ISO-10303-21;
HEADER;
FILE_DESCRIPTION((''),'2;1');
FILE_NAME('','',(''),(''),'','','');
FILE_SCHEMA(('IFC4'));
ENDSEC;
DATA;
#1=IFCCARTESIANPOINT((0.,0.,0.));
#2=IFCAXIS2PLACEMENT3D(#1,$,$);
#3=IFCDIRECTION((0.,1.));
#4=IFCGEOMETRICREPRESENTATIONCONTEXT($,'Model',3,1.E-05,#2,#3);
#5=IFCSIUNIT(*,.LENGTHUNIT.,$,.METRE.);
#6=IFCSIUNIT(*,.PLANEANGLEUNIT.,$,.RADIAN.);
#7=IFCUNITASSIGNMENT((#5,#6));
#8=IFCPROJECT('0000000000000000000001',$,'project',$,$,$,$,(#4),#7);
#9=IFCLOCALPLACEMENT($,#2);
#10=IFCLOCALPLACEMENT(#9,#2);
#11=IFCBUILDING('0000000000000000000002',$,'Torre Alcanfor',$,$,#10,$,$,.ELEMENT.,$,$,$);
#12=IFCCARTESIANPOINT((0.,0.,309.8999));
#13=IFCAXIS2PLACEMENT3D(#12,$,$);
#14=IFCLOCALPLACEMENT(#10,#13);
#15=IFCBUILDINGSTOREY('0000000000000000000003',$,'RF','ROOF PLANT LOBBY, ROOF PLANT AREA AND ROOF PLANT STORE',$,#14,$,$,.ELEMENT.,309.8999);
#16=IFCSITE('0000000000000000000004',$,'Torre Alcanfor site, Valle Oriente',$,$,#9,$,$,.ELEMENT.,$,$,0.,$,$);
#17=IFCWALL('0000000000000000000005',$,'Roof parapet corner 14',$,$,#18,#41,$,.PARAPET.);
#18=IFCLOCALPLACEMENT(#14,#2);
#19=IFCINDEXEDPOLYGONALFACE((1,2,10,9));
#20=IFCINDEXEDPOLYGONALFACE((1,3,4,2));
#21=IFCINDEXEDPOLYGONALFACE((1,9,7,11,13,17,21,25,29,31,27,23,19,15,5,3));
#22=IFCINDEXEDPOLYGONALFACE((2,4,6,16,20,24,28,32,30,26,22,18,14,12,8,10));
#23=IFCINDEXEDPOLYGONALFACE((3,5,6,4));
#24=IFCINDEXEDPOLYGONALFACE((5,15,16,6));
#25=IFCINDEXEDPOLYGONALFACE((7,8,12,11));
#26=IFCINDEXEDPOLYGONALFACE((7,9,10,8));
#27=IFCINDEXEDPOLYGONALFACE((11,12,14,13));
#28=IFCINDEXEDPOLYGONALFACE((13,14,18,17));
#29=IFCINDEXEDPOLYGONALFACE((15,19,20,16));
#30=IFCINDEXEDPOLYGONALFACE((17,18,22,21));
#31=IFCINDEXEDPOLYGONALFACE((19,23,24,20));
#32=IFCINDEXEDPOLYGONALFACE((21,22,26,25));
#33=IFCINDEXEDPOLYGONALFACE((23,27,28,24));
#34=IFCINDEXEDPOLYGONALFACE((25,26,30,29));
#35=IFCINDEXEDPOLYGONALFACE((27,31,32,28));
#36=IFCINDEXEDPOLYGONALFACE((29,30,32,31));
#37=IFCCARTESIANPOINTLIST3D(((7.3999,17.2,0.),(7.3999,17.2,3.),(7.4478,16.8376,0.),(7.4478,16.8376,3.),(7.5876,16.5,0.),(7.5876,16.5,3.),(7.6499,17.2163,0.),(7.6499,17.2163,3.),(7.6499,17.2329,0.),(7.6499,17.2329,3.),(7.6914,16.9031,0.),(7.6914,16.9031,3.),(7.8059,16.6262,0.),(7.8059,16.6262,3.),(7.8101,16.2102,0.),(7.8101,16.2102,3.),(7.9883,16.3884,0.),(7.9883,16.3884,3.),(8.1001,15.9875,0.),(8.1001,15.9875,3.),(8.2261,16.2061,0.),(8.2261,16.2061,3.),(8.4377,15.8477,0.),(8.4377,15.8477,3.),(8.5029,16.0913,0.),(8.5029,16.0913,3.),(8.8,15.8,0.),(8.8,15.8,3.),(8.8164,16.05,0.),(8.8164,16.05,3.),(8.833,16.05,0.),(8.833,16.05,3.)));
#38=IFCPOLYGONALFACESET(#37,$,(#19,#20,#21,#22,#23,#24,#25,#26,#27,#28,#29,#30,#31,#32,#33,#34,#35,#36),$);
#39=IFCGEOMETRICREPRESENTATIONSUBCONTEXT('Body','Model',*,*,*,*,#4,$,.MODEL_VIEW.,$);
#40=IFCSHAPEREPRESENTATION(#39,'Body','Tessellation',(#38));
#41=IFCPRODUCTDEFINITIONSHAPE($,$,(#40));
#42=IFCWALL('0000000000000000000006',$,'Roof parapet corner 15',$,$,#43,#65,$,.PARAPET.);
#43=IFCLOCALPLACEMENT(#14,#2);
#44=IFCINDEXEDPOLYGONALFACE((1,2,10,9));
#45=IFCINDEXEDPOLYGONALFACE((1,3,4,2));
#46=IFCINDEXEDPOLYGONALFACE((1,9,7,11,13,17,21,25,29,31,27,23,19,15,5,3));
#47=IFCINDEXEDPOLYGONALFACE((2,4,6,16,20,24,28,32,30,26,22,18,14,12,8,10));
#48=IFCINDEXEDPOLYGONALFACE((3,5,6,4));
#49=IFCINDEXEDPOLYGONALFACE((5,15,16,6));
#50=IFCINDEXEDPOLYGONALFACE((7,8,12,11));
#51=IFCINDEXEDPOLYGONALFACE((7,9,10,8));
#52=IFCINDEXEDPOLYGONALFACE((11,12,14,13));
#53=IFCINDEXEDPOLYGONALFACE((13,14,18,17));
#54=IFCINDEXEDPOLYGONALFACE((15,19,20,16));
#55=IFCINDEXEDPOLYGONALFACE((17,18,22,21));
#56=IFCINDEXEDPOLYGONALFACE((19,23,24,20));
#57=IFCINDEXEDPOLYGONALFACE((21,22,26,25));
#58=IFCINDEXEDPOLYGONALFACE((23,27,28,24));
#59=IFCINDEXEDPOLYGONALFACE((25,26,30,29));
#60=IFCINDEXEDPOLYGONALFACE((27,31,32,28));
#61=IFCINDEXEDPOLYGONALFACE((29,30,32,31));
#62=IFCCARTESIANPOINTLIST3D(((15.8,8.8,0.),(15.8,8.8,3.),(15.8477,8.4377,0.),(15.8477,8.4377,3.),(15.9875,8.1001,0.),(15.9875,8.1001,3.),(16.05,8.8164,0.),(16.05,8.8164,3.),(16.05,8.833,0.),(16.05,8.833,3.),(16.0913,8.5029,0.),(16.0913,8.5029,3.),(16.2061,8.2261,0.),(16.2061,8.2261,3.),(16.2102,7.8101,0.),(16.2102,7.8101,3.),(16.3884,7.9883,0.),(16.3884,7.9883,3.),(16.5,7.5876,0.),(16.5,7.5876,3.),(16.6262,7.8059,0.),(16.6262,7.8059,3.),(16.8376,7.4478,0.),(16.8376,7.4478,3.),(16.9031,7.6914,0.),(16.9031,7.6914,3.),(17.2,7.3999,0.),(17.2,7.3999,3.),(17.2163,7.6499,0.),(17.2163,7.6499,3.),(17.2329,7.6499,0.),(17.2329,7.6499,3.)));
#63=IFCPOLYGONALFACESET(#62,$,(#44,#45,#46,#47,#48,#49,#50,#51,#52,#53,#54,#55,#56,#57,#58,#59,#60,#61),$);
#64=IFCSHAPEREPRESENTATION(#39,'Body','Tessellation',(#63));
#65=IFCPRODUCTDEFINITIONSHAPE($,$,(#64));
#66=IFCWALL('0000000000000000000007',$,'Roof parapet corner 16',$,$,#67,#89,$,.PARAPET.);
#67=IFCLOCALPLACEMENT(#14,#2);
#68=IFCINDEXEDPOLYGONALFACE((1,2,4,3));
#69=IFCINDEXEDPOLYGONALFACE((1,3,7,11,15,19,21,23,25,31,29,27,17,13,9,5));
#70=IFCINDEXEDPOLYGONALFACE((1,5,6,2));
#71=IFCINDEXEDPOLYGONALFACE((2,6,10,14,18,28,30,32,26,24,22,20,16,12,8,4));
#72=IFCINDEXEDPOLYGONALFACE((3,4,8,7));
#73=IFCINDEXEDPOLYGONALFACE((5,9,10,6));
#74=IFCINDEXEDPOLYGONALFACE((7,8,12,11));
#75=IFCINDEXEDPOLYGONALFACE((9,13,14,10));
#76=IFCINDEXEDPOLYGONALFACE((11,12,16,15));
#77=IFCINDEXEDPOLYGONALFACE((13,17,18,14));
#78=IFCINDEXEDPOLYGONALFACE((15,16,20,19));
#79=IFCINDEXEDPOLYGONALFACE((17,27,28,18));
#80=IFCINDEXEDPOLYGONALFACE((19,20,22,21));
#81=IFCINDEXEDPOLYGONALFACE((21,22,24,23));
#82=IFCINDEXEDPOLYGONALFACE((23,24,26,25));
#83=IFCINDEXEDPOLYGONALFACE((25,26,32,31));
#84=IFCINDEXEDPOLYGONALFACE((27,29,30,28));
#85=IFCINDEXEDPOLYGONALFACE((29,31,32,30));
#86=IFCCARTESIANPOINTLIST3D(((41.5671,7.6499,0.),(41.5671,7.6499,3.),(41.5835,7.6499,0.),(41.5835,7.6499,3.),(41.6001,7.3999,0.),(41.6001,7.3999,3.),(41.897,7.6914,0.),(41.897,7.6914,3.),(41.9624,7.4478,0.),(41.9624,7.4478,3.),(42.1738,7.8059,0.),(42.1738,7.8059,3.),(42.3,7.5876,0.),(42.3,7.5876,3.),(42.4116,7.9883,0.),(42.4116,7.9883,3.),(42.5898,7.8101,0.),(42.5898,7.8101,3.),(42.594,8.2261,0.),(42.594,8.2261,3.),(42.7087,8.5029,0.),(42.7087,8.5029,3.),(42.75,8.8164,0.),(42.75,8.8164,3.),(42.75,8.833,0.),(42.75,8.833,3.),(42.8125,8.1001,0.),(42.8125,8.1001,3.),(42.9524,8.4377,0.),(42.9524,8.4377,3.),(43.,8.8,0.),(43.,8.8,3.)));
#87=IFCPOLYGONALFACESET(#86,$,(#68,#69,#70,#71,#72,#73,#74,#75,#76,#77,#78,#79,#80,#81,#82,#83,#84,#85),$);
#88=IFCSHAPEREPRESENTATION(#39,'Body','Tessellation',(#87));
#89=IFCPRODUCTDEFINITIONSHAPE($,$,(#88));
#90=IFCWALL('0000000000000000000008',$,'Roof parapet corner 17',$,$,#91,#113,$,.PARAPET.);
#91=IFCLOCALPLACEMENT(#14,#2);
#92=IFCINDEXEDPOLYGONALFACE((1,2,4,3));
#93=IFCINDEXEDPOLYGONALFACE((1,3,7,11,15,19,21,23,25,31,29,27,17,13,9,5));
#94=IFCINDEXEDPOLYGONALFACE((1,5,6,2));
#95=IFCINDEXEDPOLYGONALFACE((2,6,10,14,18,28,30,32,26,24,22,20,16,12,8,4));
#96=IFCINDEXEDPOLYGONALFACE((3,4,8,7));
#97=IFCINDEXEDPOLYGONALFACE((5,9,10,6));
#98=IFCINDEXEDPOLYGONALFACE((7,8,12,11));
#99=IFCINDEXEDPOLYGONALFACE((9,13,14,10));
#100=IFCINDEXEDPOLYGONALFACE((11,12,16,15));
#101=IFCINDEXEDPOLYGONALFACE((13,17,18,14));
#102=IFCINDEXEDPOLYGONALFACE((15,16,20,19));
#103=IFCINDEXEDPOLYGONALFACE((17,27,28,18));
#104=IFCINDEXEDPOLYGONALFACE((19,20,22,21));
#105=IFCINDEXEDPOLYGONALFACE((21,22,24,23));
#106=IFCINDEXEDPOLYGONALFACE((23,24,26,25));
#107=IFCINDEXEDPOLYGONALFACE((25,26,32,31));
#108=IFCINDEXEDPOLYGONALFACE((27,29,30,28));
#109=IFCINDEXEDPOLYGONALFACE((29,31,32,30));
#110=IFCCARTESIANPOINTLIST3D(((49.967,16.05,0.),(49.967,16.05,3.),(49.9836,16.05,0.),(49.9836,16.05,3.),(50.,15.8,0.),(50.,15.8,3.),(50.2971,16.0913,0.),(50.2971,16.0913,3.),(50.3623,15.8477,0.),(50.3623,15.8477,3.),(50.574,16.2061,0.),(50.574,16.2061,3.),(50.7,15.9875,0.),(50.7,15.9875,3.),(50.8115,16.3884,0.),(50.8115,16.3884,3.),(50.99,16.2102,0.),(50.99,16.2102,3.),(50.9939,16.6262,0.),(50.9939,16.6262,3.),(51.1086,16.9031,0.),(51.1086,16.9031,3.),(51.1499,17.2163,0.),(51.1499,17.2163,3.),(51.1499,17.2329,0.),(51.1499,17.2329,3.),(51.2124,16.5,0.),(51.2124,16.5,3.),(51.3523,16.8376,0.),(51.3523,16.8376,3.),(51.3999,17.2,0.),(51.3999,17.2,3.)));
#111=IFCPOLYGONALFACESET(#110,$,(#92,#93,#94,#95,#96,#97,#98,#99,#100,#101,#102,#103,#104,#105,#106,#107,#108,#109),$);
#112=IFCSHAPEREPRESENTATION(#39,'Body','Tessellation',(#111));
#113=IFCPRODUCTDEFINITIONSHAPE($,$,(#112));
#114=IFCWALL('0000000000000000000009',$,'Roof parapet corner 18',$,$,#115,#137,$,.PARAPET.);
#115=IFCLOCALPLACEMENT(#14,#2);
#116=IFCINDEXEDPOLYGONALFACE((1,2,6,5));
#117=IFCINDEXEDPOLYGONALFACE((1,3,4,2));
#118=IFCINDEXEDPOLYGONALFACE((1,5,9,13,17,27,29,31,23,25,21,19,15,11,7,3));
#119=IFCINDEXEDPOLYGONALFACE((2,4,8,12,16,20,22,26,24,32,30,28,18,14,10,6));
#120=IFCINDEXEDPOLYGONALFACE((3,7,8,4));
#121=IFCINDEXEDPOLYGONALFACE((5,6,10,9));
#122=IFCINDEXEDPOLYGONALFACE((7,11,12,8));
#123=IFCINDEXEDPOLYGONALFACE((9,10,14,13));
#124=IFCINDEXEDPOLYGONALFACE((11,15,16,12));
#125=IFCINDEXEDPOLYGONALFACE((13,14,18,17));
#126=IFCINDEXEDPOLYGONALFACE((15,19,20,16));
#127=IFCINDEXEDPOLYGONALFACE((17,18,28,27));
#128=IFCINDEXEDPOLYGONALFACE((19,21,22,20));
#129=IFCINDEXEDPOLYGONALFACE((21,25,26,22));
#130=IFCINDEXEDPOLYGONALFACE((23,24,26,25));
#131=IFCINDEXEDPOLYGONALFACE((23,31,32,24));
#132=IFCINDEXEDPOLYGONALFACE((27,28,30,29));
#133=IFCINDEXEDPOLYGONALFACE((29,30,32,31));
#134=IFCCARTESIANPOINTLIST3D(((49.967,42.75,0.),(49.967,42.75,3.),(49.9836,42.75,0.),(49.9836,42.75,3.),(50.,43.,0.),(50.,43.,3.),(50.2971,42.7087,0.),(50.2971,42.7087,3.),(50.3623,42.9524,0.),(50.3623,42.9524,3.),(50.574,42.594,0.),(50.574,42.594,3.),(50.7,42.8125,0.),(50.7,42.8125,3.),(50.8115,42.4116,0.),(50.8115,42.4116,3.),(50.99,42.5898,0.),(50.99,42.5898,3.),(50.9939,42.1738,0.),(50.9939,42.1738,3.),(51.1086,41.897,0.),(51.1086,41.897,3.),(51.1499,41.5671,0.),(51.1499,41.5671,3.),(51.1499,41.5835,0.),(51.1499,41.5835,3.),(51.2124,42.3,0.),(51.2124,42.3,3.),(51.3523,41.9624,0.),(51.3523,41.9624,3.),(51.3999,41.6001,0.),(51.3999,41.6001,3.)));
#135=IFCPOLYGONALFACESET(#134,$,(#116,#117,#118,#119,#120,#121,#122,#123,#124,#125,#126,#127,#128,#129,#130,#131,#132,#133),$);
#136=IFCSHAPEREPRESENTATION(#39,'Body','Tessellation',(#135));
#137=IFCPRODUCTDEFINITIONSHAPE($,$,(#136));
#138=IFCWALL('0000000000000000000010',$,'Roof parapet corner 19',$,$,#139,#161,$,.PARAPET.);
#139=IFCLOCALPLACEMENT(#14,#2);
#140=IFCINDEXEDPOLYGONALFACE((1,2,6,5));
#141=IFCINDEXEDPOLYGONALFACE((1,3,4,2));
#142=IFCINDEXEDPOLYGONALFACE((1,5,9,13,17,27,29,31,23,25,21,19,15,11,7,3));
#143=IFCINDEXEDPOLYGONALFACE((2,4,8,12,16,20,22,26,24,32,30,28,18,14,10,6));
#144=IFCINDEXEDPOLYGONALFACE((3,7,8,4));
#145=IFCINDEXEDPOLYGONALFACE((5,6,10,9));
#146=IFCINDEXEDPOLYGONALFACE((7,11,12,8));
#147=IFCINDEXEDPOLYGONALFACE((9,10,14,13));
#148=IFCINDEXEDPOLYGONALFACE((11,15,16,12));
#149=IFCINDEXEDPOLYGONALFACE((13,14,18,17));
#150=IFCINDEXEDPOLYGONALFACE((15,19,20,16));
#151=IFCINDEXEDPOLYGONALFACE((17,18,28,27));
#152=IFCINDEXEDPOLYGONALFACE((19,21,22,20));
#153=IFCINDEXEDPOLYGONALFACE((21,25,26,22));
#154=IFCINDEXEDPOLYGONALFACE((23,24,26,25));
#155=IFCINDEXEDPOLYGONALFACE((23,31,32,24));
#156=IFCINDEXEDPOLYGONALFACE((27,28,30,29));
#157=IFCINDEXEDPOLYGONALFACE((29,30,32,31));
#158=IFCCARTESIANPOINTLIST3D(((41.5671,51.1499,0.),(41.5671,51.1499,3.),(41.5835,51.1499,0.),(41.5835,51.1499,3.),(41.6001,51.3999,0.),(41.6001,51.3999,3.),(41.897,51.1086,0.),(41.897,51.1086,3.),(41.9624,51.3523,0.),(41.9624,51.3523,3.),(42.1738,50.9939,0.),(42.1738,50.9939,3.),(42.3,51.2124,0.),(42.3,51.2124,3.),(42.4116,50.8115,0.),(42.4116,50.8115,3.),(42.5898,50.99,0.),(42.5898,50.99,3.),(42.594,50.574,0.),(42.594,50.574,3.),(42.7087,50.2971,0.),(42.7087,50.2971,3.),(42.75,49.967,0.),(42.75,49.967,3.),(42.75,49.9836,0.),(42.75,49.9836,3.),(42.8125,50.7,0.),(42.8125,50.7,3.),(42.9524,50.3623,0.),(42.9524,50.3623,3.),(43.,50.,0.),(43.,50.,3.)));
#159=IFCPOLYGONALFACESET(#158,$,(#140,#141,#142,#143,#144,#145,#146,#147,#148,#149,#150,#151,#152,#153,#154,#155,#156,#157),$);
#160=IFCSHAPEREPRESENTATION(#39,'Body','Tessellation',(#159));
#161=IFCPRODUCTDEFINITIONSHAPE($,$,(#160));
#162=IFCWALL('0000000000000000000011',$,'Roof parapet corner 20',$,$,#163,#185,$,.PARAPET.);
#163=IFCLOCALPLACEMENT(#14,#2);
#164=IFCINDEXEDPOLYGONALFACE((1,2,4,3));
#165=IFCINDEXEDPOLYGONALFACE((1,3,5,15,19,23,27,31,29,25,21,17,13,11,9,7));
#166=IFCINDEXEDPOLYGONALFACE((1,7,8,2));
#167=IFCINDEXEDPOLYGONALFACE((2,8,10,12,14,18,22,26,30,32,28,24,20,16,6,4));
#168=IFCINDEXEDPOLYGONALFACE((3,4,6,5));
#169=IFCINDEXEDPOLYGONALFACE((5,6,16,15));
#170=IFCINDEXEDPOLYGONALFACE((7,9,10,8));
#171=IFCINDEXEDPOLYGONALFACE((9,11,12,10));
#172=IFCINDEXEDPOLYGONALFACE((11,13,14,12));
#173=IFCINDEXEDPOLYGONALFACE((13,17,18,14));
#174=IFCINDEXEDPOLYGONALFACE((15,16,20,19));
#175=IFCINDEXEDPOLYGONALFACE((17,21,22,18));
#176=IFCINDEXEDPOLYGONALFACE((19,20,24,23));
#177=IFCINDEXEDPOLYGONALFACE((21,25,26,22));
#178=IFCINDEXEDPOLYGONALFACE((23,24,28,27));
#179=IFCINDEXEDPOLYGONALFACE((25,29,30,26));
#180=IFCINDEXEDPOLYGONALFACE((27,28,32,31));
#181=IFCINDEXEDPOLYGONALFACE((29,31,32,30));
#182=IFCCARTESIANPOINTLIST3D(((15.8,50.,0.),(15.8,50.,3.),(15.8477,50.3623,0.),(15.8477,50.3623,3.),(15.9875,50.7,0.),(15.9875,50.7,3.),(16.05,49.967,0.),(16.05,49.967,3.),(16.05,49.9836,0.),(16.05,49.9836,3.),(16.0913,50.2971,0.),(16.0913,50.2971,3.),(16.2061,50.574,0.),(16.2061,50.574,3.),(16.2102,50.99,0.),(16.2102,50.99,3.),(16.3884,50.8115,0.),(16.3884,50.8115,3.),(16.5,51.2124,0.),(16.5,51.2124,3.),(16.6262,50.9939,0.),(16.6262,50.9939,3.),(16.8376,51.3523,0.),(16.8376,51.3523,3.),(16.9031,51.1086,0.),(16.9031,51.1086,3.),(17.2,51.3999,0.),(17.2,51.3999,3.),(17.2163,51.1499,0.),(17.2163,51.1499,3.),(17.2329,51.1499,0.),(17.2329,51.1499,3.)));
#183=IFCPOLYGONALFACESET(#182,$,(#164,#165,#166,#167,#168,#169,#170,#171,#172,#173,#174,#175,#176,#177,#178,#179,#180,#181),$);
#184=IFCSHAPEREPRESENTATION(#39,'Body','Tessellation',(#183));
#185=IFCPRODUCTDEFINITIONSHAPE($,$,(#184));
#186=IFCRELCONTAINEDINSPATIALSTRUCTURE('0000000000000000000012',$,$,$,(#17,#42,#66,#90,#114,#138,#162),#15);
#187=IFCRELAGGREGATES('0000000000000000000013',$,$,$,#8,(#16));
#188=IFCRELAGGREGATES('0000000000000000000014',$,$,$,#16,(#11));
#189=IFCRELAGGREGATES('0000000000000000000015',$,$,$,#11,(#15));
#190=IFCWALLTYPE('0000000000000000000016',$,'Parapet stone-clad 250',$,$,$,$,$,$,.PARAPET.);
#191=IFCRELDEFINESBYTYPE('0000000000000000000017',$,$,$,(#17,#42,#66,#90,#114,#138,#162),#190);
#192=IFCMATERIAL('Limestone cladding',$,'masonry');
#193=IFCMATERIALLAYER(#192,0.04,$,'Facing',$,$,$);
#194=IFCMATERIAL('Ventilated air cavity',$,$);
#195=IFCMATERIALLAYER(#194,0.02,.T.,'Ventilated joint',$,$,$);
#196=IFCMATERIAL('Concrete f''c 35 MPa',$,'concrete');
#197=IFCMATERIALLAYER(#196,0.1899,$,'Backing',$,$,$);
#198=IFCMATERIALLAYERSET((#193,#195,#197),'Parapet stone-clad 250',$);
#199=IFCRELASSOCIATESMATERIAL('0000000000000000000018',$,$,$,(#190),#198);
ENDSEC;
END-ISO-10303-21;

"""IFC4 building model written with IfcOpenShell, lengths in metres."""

from ifc_helpers import new_model, si_unit, direction, frame, origin, place, context, subcontext, project, spatial, polyline, outline, extrude, material, layer, layer_set, type_object, element, save


model = new_model("IFC4")

# Units and contexts
model_context = context("Model", 3, precision=1e-05, world=origin(), true_north=direction((0.0, 1.0)))
body_context = subcontext(model_context, "Body", "Model", "MODEL_VIEW")
ifc_project = project(units=[si_unit("LENGTHUNIT", "METRE"), si_unit("PLANEANGLEUNIT", "RADIAN")], contexts=[model_context])

# Site, building, storey
site_placement = place(None, origin())
site = spatial("IfcSite", under=ifc_project, at=site_placement, Name="Torre Alcanfor site, Valle Oriente", CompositionType="ELEMENT", RefElevation=0.0)
building_placement = place(site_placement, origin())
building = spatial("IfcBuilding", under=site, at=building_placement, Name="Torre Alcanfor", CompositionType="ELEMENT")
storey_placement = place(building_placement, frame((0.0, 0.0, 309.8999)))
storey = spatial("IfcBuildingStorey", under=building, at=storey_placement, Name="RF", Description="ROOF PLANT LOBBY, ROOF PLANT AREA AND ROOF PLANT STORE", CompositionType="ELEMENT", Elevation=309.8999)

# Walls
ifc_material_1 = material(Name="Limestone cladding", Category="masonry")
ifc_layer_1 = layer(ifc_material_1, 0.04, Name="Facing")
ifc_material_2 = material(Name="Ventilated air cavity")
ifc_layer_2 = layer(ifc_material_2, 0.02, ventilated=True, Name="Ventilated joint")
ifc_material_3 = material(Name="Concrete f'c 35 MPa", Category="concrete")
ifc_layer_3 = layer(ifc_material_3, 0.1899, Name="Backing")
ifc_layer_set_1 = layer_set([ifc_layer_1, ifc_layer_2, ifc_layer_3], Name="Parapet stone-clad 250")
wall_type = type_object("IfcWallType", Name="Parapet stone-clad 250", PredefinedType="PARAPET", material=ifc_layer_set_1)
wall_1_placement = place(storey_placement, origin())
element("IfcWall", 1, at=wall_1_placement, inside=storey, type_object=wall_type, Name="Roof parapet corner 14", PredefinedType="PARAPET", context=body_context, shape_type="SweptSolid", body=[
    extrude(outline(polyline([(8.8, 15.8), (8.833, 16.05), (8.8164, 16.05), (8.5029, 16.0913), (8.2261, 16.2061), (7.9883, 16.3884), (7.8059, 16.6262), (7.6914, 16.9031), (7.6499, 17.2163), (7.6499, 17.2329), (7.3999, 17.2), (7.4478, 16.8376), (7.5876, 16.5), (7.8101, 16.2102), (8.1001, 15.9875), (8.4377, 15.8477), (8.8, 15.8)])), origin(), (0.0, 0.0, 1.0), 3.0),
])
wall_2_placement = place(storey_placement, origin())
element("IfcWall", 2, at=wall_2_placement, inside=storey, type_object=wall_type, Name="Roof parapet corner 15", PredefinedType="PARAPET", context=body_context, shape_type="SweptSolid", body=[
    extrude(outline(polyline([(17.2, 7.3999), (17.2329, 7.6499), (17.2163, 7.6499), (16.9031, 7.6914), (16.6262, 7.8059), (16.3884, 7.9883), (16.2061, 8.2261), (16.0913, 8.5029), (16.05, 8.8164), (16.05, 8.833), (15.8, 8.8), (15.8477, 8.4377), (15.9875, 8.1001), (16.2102, 7.8101), (16.5, 7.5876), (16.8376, 7.4478), (17.2, 7.3999)])), origin(), (0.0, 0.0, 1.0), 3.0),
])
wall_3_placement = place(storey_placement, origin())
element("IfcWall", 3, at=wall_3_placement, inside=storey, type_object=wall_type, Name="Roof parapet corner 16", PredefinedType="PARAPET", context=body_context, shape_type="SweptSolid", body=[
    extrude(outline(polyline([(43.0, 8.8), (42.75, 8.833), (42.75, 8.8164), (42.7087, 8.5029), (42.594, 8.2261), (42.4116, 7.9883), (42.1738, 7.8059), (41.897, 7.6914), (41.5835, 7.6499), (41.5671, 7.6499), (41.6001, 7.3999), (41.9624, 7.4478), (42.3, 7.5876), (42.5898, 7.8101), (42.8125, 8.1001), (42.9524, 8.4377), (43.0, 8.8)])), origin(), (0.0, 0.0, 1.0), 3.0),
])
wall_4_placement = place(storey_placement, origin())
element("IfcWall", 4, at=wall_4_placement, inside=storey, type_object=wall_type, Name="Roof parapet corner 17", PredefinedType="PARAPET", context=body_context, shape_type="SweptSolid", body=[
    extrude(outline(polyline([(51.3999, 17.2), (51.1499, 17.2329), (51.1499, 17.2163), (51.1086, 16.9031), (50.9939, 16.6262), (50.8115, 16.3884), (50.574, 16.2061), (50.2971, 16.0913), (49.9836, 16.05), (49.967, 16.05), (50.0, 15.8), (50.3623, 15.8477), (50.7, 15.9875), (50.99, 16.2102), (51.2124, 16.5), (51.3523, 16.8376), (51.3999, 17.2)])), origin(), (0.0, 0.0, 1.0), 3.0),
])
wall_5_placement = place(storey_placement, origin())
element("IfcWall", 5, at=wall_5_placement, inside=storey, type_object=wall_type, Name="Roof parapet corner 18", PredefinedType="PARAPET", context=body_context, shape_type="SweptSolid", body=[
    extrude(outline(polyline([(50.0, 43.0), (49.967, 42.75), (49.9836, 42.75), (50.2971, 42.7087), (50.574, 42.594), (50.8115, 42.4116), (50.9939, 42.1738), (51.1086, 41.897), (51.1499, 41.5835), (51.1499, 41.5671), (51.3999, 41.6001), (51.3523, 41.9624), (51.2124, 42.3), (50.99, 42.5898), (50.7, 42.8125), (50.3623, 42.9524), (50.0, 43.0)])), origin(), (0.0, 0.0, 1.0), 3.0),
])
wall_6_placement = place(storey_placement, origin())
element("IfcWall", 6, at=wall_6_placement, inside=storey, type_object=wall_type, Name="Roof parapet corner 19", PredefinedType="PARAPET", context=body_context, shape_type="SweptSolid", body=[
    extrude(outline(polyline([(41.6001, 51.3999), (41.5671, 51.1499), (41.5835, 51.1499), (41.897, 51.1086), (42.1738, 50.9939), (42.4116, 50.8115), (42.594, 50.574), (42.7087, 50.2971), (42.75, 49.9836), (42.75, 49.967), (43.0, 50.0), (42.9524, 50.3623), (42.8125, 50.7), (42.5898, 50.99), (42.3, 51.2124), (41.9624, 51.3523), (41.6001, 51.3999)])), origin(), (0.0, 0.0, 1.0), 3.0),
])
wall_7_placement = place(storey_placement, origin())
element("IfcWall", 7, at=wall_7_placement, inside=storey, type_object=wall_type, Name="Roof parapet corner 20", PredefinedType="PARAPET", context=body_context, shape_type="SweptSolid", body=[
    extrude(outline(polyline([(15.8, 50.0), (16.05, 49.967), (16.05, 49.9836), (16.0913, 50.2971), (16.2061, 50.574), (16.3884, 50.8115), (16.6262, 50.9939), (16.9031, 51.1086), (17.2163, 51.1499), (17.2329, 51.1499), (17.2, 51.3999), (16.8376, 51.3523), (16.5, 51.2124), (16.2102, 50.99), (15.9875, 50.7), (15.8477, 50.3623), (15.8, 50.0)])), origin(), (0.0, 0.0, 1.0), 3.0),
])

save(model, "model.ifc")
